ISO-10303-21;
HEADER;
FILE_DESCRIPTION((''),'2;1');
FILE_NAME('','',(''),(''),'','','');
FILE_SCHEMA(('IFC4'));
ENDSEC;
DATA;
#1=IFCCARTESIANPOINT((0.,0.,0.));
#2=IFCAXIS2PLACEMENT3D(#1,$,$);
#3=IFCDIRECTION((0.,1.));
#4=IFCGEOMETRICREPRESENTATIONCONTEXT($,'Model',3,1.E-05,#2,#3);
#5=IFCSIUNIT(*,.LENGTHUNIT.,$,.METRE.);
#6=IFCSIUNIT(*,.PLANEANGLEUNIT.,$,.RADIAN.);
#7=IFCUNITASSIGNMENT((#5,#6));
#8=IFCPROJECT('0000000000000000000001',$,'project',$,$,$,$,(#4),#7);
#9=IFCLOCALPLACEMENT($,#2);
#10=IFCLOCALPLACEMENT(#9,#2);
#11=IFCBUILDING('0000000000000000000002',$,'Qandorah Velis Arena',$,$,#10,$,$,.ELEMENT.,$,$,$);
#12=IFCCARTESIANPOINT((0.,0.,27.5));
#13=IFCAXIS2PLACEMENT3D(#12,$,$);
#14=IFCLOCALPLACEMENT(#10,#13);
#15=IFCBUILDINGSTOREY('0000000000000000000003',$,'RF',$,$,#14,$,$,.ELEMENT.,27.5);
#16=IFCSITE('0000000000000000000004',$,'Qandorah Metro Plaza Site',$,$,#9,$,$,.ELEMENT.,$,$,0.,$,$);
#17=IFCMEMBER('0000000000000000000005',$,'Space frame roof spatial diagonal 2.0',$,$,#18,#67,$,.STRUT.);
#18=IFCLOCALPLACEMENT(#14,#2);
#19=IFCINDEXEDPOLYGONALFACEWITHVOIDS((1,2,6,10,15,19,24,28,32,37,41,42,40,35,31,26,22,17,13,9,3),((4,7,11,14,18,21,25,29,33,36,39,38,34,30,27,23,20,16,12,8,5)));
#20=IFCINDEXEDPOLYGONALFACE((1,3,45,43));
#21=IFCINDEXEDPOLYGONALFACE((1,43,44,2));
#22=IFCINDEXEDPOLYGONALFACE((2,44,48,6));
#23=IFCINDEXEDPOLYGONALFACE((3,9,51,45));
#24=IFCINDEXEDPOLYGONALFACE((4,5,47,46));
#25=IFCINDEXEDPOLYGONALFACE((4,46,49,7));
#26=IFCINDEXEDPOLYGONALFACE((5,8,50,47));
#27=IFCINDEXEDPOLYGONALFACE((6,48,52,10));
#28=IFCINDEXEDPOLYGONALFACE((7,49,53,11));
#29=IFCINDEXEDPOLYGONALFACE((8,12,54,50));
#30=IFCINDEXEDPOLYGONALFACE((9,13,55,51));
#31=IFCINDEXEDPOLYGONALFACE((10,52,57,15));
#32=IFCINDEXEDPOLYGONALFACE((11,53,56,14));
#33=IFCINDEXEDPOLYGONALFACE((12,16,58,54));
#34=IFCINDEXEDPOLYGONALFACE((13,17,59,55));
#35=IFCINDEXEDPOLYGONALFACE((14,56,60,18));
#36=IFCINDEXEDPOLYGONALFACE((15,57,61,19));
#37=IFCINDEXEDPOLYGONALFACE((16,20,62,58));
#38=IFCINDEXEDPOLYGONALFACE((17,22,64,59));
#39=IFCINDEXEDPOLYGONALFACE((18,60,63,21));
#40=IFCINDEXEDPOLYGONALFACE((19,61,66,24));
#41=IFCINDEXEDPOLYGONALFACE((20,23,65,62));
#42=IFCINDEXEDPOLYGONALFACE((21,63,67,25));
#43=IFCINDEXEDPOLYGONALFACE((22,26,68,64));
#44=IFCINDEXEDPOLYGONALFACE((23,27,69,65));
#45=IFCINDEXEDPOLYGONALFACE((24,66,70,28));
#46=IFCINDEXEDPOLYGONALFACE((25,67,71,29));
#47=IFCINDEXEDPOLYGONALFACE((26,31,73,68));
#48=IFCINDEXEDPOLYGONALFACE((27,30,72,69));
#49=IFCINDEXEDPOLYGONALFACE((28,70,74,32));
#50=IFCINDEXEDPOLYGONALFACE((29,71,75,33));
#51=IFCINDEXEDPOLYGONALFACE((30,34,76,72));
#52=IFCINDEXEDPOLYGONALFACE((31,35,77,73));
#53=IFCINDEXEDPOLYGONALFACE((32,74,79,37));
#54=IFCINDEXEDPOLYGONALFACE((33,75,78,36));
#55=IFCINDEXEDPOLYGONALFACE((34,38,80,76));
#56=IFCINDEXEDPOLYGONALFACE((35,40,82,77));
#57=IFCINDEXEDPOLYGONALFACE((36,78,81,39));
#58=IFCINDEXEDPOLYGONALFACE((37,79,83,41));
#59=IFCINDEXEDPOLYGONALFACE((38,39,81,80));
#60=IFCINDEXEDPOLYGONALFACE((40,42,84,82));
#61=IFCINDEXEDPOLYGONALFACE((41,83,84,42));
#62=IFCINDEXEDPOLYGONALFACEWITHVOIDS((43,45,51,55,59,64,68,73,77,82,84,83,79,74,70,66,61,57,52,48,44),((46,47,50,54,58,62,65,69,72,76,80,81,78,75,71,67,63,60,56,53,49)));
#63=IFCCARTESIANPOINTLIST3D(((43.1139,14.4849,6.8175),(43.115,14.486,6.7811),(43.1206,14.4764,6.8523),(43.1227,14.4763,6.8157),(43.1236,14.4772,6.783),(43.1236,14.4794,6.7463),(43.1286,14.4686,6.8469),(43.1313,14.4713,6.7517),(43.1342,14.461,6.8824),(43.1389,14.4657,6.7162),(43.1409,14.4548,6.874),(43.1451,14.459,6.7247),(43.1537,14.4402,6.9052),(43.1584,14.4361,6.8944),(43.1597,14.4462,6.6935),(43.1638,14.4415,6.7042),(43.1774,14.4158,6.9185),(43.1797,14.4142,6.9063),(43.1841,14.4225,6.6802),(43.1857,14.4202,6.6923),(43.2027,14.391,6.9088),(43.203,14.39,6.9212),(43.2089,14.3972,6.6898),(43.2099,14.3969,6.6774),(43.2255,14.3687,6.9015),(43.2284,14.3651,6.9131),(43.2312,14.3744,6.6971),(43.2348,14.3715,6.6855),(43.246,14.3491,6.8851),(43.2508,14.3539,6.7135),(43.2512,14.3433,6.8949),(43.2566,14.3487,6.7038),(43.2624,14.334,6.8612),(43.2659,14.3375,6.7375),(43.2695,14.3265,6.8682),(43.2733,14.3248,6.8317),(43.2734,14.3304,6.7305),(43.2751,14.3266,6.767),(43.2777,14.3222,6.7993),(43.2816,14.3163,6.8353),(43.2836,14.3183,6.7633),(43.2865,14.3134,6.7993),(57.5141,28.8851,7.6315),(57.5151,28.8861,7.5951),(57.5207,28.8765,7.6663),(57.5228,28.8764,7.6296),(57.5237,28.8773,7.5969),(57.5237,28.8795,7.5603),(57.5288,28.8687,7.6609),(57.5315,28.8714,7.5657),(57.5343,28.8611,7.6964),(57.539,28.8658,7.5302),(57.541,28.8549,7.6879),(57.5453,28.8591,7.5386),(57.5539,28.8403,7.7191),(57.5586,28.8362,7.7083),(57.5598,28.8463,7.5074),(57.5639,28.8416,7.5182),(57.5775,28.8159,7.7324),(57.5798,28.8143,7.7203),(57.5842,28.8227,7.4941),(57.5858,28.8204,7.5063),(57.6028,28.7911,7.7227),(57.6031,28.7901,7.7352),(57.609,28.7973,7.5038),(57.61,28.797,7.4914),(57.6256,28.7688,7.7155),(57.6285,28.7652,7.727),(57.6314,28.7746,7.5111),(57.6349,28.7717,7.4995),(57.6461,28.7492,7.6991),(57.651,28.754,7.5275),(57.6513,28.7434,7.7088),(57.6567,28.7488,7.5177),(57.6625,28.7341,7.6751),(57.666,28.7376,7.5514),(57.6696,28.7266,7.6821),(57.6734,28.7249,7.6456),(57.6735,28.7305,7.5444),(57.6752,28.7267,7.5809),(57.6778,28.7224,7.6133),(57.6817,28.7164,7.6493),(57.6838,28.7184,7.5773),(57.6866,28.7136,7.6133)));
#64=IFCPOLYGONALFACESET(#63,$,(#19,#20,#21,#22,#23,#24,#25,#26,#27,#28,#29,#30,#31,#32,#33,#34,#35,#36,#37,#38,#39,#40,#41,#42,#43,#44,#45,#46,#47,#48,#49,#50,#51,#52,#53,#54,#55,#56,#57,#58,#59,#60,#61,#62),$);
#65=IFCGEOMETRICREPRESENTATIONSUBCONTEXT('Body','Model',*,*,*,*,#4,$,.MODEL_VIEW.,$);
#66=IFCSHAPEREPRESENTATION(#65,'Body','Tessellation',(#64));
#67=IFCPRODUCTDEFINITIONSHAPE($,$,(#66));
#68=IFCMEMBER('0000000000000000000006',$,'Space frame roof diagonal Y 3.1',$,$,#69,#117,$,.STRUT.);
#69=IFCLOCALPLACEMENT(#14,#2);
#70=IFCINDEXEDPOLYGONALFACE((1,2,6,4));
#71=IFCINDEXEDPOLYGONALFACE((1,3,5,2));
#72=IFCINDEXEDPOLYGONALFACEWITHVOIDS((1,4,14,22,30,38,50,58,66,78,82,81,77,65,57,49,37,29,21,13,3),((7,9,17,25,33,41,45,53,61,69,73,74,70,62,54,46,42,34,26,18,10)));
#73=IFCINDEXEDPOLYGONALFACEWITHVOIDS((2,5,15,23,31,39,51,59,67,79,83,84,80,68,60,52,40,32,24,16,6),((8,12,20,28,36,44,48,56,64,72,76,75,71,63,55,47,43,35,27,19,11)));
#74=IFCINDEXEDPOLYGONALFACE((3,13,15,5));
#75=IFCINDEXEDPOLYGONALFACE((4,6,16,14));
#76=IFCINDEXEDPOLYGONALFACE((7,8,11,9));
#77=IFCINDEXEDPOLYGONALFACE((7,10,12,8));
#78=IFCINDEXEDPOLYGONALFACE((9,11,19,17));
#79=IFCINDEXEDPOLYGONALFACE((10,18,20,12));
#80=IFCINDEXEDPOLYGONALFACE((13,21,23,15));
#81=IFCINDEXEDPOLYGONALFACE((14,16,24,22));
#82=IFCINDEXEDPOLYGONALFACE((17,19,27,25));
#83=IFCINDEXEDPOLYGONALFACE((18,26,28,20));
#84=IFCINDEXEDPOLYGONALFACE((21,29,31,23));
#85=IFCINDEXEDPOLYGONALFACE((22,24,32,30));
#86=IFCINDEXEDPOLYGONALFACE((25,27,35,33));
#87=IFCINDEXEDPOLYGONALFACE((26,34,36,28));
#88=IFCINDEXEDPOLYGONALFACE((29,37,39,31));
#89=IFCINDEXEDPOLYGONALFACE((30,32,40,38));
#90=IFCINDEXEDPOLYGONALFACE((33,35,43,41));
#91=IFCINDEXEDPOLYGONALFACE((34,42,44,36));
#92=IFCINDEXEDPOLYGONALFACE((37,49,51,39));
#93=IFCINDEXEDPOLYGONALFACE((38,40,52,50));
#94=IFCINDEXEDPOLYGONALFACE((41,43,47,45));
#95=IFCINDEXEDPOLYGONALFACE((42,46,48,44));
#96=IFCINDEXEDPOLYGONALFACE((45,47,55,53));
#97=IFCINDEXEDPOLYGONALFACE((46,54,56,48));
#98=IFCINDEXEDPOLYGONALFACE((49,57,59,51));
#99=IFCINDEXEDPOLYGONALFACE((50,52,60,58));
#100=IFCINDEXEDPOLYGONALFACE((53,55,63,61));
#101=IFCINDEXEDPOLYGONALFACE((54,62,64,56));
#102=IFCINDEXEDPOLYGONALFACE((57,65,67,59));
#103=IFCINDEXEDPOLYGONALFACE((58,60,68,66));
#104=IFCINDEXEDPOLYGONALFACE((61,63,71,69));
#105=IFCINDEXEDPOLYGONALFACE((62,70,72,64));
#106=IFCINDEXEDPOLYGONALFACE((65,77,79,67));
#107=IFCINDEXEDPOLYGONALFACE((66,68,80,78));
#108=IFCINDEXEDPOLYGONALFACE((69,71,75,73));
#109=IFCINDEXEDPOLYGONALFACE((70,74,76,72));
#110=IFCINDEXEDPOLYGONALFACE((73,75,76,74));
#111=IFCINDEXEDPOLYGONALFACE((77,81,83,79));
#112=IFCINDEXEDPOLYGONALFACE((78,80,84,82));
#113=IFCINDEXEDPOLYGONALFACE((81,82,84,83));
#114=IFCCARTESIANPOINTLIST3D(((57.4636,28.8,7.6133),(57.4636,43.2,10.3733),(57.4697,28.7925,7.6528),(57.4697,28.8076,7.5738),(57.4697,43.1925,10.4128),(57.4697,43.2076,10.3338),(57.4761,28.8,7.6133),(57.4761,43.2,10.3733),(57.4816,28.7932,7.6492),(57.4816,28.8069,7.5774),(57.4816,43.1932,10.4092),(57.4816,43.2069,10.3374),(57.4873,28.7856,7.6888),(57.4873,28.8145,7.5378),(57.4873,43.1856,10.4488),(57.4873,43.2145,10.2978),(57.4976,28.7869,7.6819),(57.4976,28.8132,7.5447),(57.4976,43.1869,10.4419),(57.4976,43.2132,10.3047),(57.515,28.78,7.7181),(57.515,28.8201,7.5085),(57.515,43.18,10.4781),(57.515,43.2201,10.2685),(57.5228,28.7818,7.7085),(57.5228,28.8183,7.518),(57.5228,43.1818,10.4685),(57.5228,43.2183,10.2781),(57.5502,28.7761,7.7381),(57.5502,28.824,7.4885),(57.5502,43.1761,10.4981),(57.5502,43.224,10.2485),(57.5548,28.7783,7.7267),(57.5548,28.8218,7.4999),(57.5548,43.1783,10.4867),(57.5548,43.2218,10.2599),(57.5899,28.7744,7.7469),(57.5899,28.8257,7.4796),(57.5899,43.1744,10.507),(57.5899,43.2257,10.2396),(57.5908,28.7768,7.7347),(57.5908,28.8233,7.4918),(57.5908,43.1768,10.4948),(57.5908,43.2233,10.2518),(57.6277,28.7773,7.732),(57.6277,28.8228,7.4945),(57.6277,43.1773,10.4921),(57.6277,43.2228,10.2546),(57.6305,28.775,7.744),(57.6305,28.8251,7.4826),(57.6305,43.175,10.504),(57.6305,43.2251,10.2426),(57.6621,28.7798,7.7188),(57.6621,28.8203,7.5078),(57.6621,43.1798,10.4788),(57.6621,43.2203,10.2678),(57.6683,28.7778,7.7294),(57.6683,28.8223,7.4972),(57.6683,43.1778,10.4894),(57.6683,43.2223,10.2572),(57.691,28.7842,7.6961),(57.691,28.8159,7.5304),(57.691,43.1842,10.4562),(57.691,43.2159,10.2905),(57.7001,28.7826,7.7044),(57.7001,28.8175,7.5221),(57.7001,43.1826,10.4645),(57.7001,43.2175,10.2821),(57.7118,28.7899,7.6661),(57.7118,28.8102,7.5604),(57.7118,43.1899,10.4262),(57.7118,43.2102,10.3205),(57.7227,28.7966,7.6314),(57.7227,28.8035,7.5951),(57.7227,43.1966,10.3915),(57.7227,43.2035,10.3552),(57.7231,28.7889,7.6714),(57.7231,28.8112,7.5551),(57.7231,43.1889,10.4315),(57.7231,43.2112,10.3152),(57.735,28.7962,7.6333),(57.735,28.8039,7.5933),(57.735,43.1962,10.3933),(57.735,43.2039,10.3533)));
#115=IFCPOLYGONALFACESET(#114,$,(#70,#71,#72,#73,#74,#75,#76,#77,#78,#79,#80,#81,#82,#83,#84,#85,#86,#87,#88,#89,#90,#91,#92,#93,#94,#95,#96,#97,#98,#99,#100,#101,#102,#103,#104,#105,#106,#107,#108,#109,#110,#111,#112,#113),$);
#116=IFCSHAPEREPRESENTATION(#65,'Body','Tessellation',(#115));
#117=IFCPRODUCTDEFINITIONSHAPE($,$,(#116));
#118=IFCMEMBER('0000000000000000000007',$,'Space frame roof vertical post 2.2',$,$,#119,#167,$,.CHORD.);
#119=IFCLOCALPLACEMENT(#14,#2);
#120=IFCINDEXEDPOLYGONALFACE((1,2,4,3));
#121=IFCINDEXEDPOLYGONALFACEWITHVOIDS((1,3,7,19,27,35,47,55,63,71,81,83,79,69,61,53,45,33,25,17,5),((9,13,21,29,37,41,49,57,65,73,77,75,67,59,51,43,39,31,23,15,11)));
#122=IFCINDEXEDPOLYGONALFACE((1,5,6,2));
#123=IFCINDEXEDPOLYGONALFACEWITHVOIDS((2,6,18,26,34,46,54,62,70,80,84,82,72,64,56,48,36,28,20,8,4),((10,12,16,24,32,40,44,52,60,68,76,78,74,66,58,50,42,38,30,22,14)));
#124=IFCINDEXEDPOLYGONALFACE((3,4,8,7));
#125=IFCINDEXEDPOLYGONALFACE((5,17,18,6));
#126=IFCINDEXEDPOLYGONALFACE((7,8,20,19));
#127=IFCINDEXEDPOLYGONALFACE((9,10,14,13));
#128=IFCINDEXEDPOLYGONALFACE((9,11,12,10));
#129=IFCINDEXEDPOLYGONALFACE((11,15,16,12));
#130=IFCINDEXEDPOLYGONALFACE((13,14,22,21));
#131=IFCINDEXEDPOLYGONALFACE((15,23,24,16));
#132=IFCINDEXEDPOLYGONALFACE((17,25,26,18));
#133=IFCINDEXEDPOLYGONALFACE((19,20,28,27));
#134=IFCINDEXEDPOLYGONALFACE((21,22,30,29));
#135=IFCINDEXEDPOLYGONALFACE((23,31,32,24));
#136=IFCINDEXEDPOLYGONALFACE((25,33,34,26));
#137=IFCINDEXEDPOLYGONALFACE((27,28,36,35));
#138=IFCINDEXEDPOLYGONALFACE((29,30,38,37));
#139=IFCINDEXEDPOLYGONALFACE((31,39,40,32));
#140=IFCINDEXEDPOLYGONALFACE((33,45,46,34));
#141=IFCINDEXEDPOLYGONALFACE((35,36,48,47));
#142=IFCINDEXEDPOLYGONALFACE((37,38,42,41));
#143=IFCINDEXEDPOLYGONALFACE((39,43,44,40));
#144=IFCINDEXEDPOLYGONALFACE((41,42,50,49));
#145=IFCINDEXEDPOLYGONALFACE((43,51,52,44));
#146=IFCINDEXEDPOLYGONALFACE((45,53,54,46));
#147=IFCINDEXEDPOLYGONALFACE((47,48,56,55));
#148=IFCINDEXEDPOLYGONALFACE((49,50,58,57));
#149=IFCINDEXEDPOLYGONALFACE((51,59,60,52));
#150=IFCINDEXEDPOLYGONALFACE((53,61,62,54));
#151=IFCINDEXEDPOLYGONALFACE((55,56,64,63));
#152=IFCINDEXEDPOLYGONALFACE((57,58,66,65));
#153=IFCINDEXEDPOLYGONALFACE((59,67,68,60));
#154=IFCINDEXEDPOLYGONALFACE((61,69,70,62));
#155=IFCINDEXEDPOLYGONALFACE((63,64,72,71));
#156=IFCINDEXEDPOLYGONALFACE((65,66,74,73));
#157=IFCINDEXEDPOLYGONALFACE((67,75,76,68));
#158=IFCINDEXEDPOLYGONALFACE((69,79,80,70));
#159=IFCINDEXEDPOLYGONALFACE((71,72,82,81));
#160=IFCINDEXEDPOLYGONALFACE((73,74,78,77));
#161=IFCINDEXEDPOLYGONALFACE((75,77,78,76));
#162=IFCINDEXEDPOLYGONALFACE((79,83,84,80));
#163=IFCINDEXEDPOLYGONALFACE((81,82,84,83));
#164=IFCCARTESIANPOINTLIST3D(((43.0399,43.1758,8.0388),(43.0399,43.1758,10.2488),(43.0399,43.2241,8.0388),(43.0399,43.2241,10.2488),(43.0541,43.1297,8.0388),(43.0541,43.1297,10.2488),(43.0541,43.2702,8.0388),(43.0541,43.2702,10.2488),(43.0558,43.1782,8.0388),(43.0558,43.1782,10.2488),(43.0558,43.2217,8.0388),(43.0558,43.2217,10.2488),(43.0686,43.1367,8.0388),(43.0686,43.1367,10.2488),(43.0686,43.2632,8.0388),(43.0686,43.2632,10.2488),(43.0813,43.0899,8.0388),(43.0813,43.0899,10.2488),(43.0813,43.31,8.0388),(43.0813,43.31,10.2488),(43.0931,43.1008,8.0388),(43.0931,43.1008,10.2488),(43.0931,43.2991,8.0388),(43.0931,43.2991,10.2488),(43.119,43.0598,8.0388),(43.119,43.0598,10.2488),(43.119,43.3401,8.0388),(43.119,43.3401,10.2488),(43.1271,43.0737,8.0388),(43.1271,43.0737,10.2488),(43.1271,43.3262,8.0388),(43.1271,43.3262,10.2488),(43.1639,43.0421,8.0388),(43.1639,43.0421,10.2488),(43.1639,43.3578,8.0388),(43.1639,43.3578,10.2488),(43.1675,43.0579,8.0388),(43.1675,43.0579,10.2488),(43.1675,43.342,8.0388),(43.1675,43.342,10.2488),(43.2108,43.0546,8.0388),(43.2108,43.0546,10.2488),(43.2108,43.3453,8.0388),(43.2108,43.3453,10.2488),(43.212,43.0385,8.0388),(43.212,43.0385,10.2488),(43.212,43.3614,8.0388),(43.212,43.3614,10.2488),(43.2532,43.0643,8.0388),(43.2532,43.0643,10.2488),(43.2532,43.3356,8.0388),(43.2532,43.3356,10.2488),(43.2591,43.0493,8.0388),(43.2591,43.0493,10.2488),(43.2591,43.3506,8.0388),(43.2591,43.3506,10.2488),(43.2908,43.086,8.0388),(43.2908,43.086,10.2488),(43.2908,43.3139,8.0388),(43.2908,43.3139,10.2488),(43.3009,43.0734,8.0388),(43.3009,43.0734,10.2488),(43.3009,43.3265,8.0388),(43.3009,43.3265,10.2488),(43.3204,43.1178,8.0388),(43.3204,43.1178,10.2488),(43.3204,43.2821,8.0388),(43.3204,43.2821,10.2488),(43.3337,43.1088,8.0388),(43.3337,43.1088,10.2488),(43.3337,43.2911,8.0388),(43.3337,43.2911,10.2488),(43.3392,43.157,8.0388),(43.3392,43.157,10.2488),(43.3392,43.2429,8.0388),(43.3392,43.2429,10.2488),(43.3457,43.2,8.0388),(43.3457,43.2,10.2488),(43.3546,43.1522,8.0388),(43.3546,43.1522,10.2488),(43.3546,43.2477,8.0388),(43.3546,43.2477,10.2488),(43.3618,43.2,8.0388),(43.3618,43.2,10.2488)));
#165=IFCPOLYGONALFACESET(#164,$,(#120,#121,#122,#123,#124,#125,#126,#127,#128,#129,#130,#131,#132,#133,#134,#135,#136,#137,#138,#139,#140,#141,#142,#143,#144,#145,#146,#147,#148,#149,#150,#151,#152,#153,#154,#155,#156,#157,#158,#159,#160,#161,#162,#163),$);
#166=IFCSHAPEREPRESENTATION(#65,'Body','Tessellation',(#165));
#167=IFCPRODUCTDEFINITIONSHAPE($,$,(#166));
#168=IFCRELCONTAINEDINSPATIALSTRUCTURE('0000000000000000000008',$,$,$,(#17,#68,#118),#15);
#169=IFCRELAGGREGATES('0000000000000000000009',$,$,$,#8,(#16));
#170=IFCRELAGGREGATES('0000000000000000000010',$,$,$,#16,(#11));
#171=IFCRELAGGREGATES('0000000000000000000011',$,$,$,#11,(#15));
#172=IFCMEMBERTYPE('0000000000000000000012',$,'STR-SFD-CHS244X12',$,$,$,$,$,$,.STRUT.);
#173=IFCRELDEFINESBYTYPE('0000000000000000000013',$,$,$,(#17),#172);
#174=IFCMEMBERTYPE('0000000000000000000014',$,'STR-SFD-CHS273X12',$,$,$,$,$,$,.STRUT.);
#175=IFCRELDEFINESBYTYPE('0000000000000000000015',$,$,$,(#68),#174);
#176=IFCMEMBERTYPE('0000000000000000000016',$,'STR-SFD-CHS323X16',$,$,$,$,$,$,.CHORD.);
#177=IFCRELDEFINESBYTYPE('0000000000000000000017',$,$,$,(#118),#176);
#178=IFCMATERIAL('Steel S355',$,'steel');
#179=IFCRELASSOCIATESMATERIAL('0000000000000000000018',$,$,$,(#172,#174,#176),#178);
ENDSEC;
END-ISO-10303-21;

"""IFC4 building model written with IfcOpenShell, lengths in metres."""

from ifc_helpers import new_model, si_unit, direction, frame, origin, origin_2d, place, context, subcontext, project, spatial, hollow_circle, extrude, material, material_profile, profile_set, type_object, element, save


model = new_model("IFC4")

# Units and contexts
model_context = context("Model", 3, precision=1e-05, world=origin(), true_north=direction((0.0, 1.0)))
body_context = subcontext(model_context, "Body", "Model", "MODEL_VIEW")
ifc_project = project(units=[si_unit("LENGTHUNIT", "METRE"), si_unit("PLANEANGLEUNIT", "RADIAN")], contexts=[model_context])

# Site, building, storey
site_placement = place(None, origin())
site = spatial("IfcSite", under=ifc_project, at=site_placement, Name="Qandorah Metro Plaza Site", CompositionType="ELEMENT", RefElevation=0.0)
building_placement = place(site_placement, origin())
building = spatial("IfcBuilding", under=site, at=building_placement, Name="Qandorah Velis Arena", CompositionType="ELEMENT")
storey_placement = place(building_placement, frame((0.0, 0.0, 27.5)))
storey = spatial("IfcBuildingStorey", under=building, at=storey_placement, Name="RF", CompositionType="ELEMENT", Elevation=27.5)

# Shared definitions
ifc_material_1 = material(Name="Steel S355", Category="steel")

# Members
ifc_material_profile_1 = material_profile(ifc_material_1, hollow_circle(Radius=0.1223, WallThickness=0.0125, at=origin_2d()), Name="CHS 244.5x12.5")
ifc_profile_set_1 = profile_set([ifc_material_profile_1], Name="Steel S355")
member_type_1 = type_object("IfcMemberType", Name="STR-SFD-CHS244X12", PredefinedType="STRUT", material=ifc_profile_set_1)
member_1_placement = place(storey_placement, frame((57.6001, 28.8, 7.6133), z_axis=(-0.706543, -0.706543, -0.039937), x_axis=(0.707107, -0.707107, 0.0)))
element("IfcMember", 1, at=member_1_placement, inside=storey, type_object=member_type_1, Name="Space frame roof spatial diagonal 2.0", PredefinedType="STRUT", context=body_context, shape_type="SweptSolid", body=[
    extrude(hollow_circle(Radius=0.1223, WallThickness=0.0125, at=origin_2d()), origin(), (0.0, 0.0, 1.0), 20.3811),
])
ifc_material_profile_2 = material_profile(ifc_material_1, hollow_circle(Radius=0.1365, WallThickness=0.0125, at=origin_2d()), Name="CHS 273x12.5")
ifc_profile_set_2 = profile_set([ifc_material_profile_2], Name="Steel S355")
member_type_2 = type_object("IfcMemberType", Name="STR-SFD-CHS273X12", PredefinedType="STRUT", material=ifc_profile_set_2)
member_2_placement = place(storey_placement, frame((57.6001, 28.8, 7.6133), z_axis=(0.0, 0.982123, 0.188242), x_axis=(-1.0, 0.0, 0.0)))
element("IfcMember", 2, at=member_2_placement, inside=storey, type_object=member_type_2, Name="Space frame roof diagonal Y 3.1", PredefinedType="STRUT", context=body_context, shape_type="SweptSolid", body=[
    extrude(hollow_circle(Radius=0.1365, WallThickness=0.0125, at=origin_2d()), origin(), (0.0, 0.0, 1.0), 14.6621),
])
ifc_material_profile_3 = material_profile(ifc_material_1, hollow_circle(Radius=0.1619, WallThickness=0.0161, at=origin_2d()), Name="CHS 323.9x16")
ifc_profile_set_3 = profile_set([ifc_material_profile_3], Name="Steel S355")
member_type_3 = type_object("IfcMemberType", Name="STR-SFD-CHS323X16", PredefinedType="CHORD", material=ifc_profile_set_3)
for number, where, z_axis, x_axis, name in (
    (3, (43.2, 43.2, 8.0388), (0.0, 0.0, 1.0), (1.0, 0.0, 0.0), "Space frame roof vertical post 2.2"),
):
    element("IfcMember", number, at=place(storey_placement, frame(where, z_axis=z_axis, x_axis=x_axis)), inside=storey, type_object=member_type_3, Name=name, PredefinedType="CHORD", context=body_context, shape_type="SweptSolid", body=[
        extrude(hollow_circle(Radius=0.1619, WallThickness=0.0161, at=origin_2d()), origin(), (0.0, 0.0, 1.0), 2.21),
    ])

save(model, "model.ifc")
